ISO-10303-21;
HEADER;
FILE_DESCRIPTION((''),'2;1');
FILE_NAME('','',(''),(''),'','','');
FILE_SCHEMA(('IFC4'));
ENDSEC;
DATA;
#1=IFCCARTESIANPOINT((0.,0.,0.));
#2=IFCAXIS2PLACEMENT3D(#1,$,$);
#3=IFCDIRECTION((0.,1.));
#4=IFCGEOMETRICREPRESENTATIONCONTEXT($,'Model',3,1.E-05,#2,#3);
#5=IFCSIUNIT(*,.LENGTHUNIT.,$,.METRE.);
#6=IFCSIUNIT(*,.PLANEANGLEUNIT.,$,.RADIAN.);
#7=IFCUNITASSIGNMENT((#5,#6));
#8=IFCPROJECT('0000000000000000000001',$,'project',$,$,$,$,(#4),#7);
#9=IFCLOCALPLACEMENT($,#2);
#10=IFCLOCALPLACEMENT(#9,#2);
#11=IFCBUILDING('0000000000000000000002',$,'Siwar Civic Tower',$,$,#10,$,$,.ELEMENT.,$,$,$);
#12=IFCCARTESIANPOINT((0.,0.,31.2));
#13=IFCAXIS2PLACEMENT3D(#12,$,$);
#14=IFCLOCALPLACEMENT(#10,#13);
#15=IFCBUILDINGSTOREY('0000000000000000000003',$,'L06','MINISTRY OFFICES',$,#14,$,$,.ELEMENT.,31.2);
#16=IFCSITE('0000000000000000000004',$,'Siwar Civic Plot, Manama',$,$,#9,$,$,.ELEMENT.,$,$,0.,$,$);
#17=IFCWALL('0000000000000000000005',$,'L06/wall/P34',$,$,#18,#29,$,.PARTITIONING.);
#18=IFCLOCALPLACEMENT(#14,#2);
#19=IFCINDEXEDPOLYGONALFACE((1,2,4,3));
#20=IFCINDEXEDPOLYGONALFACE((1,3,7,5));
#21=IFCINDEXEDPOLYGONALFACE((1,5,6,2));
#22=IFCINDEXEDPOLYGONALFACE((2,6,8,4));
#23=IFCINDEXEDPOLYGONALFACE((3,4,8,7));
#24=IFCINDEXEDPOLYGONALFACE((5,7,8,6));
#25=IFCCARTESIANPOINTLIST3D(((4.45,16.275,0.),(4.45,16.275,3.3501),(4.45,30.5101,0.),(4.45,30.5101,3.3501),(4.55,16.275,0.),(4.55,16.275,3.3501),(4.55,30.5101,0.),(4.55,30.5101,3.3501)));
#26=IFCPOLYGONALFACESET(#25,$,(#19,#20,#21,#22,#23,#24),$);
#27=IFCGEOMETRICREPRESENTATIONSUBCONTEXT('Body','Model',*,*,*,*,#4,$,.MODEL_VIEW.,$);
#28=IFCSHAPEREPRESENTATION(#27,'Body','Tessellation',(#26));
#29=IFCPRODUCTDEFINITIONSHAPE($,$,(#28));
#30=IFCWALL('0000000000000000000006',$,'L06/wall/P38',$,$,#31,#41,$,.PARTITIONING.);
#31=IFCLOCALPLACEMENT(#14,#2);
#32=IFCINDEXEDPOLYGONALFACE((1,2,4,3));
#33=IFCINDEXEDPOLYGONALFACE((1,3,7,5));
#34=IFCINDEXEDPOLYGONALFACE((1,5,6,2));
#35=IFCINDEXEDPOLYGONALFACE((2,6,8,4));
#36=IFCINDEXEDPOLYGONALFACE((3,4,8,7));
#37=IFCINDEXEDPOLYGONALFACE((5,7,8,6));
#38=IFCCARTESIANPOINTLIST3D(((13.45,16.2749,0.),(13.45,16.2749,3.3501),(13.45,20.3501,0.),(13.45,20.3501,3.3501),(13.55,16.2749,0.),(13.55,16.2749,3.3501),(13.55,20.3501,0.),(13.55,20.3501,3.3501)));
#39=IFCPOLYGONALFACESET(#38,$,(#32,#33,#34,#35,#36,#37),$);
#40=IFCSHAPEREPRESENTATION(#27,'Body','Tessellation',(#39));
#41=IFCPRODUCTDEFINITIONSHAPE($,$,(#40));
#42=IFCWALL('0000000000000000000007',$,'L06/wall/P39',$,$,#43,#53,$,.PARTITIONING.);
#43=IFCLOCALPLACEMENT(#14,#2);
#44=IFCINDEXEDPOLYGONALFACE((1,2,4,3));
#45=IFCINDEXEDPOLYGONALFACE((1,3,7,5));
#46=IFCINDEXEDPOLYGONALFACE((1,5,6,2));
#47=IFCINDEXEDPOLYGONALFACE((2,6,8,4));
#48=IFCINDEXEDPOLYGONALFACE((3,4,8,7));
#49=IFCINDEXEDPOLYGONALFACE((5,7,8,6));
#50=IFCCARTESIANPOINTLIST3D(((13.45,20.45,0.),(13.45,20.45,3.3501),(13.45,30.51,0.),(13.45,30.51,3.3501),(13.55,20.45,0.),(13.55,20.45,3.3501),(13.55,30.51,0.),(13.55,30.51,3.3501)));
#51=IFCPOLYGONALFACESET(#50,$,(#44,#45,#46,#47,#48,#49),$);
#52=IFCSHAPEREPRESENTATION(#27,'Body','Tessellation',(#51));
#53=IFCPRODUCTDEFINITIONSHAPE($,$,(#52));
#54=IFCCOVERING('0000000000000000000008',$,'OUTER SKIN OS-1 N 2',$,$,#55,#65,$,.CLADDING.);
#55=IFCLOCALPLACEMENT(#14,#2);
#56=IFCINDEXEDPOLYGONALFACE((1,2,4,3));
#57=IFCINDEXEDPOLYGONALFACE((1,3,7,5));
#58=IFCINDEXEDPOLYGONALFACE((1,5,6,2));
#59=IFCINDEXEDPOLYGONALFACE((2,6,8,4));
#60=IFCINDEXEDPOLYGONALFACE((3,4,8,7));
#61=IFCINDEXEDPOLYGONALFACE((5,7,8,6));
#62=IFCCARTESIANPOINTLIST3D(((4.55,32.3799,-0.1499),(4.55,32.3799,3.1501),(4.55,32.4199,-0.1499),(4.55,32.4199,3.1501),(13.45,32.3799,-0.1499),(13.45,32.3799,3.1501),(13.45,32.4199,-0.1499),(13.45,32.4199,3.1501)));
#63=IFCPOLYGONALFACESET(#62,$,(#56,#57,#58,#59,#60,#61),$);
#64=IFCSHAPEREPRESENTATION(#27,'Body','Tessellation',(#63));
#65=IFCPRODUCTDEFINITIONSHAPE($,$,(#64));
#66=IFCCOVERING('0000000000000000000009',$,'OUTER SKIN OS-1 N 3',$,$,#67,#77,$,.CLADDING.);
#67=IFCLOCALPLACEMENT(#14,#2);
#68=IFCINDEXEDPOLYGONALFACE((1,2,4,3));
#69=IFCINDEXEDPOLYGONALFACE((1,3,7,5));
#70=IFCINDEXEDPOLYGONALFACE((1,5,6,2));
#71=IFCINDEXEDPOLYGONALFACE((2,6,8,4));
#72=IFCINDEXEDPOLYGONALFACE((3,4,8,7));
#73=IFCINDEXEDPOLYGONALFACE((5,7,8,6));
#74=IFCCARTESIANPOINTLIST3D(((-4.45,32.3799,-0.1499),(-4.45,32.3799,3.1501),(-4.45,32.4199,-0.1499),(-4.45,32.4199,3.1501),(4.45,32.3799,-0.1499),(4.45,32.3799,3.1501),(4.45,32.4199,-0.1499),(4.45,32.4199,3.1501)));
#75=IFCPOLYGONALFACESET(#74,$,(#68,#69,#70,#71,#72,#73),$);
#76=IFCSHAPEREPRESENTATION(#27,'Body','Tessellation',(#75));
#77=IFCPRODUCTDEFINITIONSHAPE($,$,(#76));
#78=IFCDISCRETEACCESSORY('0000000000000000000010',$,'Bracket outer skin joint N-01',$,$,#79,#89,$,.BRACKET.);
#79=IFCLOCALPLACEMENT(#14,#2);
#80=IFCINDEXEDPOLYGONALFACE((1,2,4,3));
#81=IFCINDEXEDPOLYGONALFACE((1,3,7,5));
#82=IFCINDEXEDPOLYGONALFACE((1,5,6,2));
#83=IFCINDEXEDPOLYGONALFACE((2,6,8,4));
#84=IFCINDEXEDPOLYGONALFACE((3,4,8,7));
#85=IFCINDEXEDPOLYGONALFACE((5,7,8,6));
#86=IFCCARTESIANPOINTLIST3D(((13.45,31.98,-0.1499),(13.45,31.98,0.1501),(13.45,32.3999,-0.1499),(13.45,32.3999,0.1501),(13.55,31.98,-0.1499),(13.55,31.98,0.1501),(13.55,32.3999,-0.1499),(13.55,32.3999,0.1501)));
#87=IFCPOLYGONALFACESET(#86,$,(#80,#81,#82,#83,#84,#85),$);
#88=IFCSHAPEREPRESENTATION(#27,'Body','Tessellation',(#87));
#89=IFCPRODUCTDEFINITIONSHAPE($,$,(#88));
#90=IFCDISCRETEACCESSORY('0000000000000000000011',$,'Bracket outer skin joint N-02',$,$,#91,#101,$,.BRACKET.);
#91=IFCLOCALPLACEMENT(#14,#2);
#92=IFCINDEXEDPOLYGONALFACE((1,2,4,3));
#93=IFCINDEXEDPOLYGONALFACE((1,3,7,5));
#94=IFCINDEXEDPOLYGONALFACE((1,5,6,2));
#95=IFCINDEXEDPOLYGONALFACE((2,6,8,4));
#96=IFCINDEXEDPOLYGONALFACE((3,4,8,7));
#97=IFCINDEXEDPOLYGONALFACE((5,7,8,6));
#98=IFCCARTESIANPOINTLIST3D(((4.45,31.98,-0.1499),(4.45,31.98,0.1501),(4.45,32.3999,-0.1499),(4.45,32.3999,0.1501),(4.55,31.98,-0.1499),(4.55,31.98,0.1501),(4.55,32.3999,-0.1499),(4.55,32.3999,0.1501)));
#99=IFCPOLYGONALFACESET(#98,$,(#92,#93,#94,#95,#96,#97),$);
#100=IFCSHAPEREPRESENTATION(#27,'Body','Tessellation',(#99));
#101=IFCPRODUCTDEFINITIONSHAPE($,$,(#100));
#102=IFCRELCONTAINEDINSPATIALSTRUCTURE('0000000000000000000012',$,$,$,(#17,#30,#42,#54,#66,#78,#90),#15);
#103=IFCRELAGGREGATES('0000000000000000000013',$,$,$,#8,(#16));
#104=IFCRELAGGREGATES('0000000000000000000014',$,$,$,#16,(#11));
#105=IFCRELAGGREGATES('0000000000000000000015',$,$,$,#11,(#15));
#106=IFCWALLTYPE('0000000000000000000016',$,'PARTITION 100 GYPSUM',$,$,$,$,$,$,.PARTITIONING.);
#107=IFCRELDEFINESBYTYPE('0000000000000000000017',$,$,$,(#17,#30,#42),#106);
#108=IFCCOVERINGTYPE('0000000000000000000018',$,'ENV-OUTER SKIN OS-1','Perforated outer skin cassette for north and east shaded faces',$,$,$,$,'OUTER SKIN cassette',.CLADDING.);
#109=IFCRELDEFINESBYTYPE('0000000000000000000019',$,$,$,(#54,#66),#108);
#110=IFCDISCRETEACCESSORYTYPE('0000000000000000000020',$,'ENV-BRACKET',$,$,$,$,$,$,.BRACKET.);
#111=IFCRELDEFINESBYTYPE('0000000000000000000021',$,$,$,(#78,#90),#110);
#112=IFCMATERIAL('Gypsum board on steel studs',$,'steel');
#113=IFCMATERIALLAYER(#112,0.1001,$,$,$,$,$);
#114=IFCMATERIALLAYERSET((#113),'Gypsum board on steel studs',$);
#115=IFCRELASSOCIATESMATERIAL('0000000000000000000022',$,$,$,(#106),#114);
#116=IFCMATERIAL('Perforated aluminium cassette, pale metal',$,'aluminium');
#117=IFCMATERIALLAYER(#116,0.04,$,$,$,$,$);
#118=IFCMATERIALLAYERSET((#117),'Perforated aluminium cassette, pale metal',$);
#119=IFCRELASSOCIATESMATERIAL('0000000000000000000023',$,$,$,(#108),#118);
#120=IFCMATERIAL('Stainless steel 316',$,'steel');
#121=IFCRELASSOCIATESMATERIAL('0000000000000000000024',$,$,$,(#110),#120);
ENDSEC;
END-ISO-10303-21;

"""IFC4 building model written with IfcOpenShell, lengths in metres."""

from ifc_helpers import new_model, si_unit, direction, frame, frame_2d, origin, origin_2d, place, context, subcontext, project, spatial, rectangle, extrude, material, layer, layer_set, type_object, element, save


model = new_model("IFC4")

# Units and contexts
model_context = context("Model", 3, precision=1e-05, world=origin(), true_north=direction((0.0, 1.0)))
body_context = subcontext(model_context, "Body", "Model", "MODEL_VIEW")
ifc_project = project(units=[si_unit("LENGTHUNIT", "METRE"), si_unit("PLANEANGLEUNIT", "RADIAN")], contexts=[model_context])

# Site, building, storey
site_placement = place(None, origin())
site = spatial("IfcSite", under=ifc_project, at=site_placement, Name="Siwar Civic Plot, Manama", CompositionType="ELEMENT", RefElevation=0.0)
building_placement = place(site_placement, origin())
building = spatial("IfcBuilding", under=site, at=building_placement, Name="Siwar Civic Tower", CompositionType="ELEMENT")
storey_placement = place(building_placement, frame((0.0, 0.0, 31.2)))
storey = spatial("IfcBuildingStorey", under=building, at=storey_placement, Name="L06", Description="MINISTRY OFFICES", CompositionType="ELEMENT", Elevation=31.2)

# Shared definitions
ifc_material_1 = material(Name="Gypsum board on steel studs", Category="steel")
ifc_layer_1 = layer(ifc_material_1, 0.1001)
ifc_layer_set_1 = layer_set([ifc_layer_1], Name="Gypsum board on steel studs")
wall_type_1 = type_object("IfcWallType", Name="PARTITION 100 GYPSUM", PredefinedType="PARTITIONING", material=ifc_layer_set_1)

# Walls
wall_1_placement = place(storey_placement, frame((4.5, 16.2749, 0.0), z_axis=(0.0, 0.0, 1.0), x_axis=(0.0, 1.0, 0.0)))
element("IfcWall", 1, at=wall_1_placement, inside=storey, type_object=wall_type_1, Name="L06/wall/P34", PredefinedType="PARTITIONING", context=body_context, shape_type="SweptSolid", body=[
    extrude(rectangle(XDim=14.2351, YDim=0.1001, at=frame_2d((7.1177, 0.0))), origin(), (0.0, 0.0, 1.0), 3.3501),
])
wall_2_placement = place(storey_placement, frame((13.5, 16.2749, 0.0), z_axis=(0.0, 0.0, 1.0), x_axis=(0.0, 1.0, 0.0)))
element("IfcWall", 2, at=wall_2_placement, inside=storey, type_object=wall_type_1, Name="L06/wall/P38", PredefinedType="PARTITIONING", context=body_context, shape_type="SweptSolid", body=[
    extrude(rectangle(XDim=4.0752, YDim=0.1001, at=frame_2d((2.0376, 0.0))), origin(), (0.0, 0.0, 1.0), 3.3501),
])
wall_3_placement = place(storey_placement, frame((13.5, 20.45, 0.0), z_axis=(0.0, 0.0, 1.0), x_axis=(0.0, 1.0, 0.0)))
element("IfcWall", 3, at=wall_3_placement, inside=storey, type_object=wall_type_1, Name="L06/wall/P39", PredefinedType="PARTITIONING", context=body_context, shape_type="SweptSolid", body=[
    extrude(rectangle(XDim=10.0601, YDim=0.1001, at=frame_2d((5.03, 0.0))), origin(), (0.0, 0.0, 1.0), 3.3501),
])

# Coverings
ifc_material_2 = material(Name="Perforated aluminium cassette, pale metal", Category="aluminium")
ifc_layer_2 = layer(ifc_material_2, 0.04)
ifc_layer_set_2 = layer_set([ifc_layer_2], Name="Perforated aluminium cassette, pale metal")
covering_type = type_object("IfcCoveringType", Name="ENV-OUTER SKIN OS-1", Description="Perforated outer skin cassette for north and east shaded faces", ElementType="OUTER SKIN cassette", PredefinedType="CLADDING", material=ifc_layer_set_2)
for number, where, z_axis, x_axis, name in (
    (4, (9.0, 32.3999, -0.1499), (0.0, 0.0, 1.0), (-1.0, 0.0, 0.0), "OUTER SKIN OS-1 N 2"),
    (5, (0.0, 32.3999, -0.1499), (0.0, 0.0, 1.0), (-1.0, 0.0, 0.0), "OUTER SKIN OS-1 N 3"),
):
    element("IfcCovering", number, at=place(storey_placement, frame(where, z_axis=z_axis, x_axis=x_axis)), inside=storey, type_object=covering_type, Name=name, PredefinedType="CLADDING", context=body_context, shape_type="SweptSolid", body=[
        extrude(rectangle(XDim=8.8999, YDim=0.04, at=origin_2d()), origin(), (0.0, 0.0, 1.0), 3.3),
    ])

# Discrete accessories
ifc_material_3 = material(Name="Stainless steel 316", Category="steel")
discrete_accessory_type = type_object("IfcDiscreteAccessoryType", Name="ENV-BRACKET", PredefinedType="BRACKET", material=ifc_material_3)
for number, where, z_axis, x_axis, name in (
    (6, (13.5, 32.1899, -0.1499), (0.0, 0.0, 1.0), (0.0, 1.0, 0.0), "Bracket outer skin joint N-01"),
    (7, (4.5, 32.1899, -0.1499), (0.0, 0.0, 1.0), (0.0, 1.0, 0.0), "Bracket outer skin joint N-02"),
):
    element("IfcDiscreteAccessory", number, at=place(storey_placement, frame(where, z_axis=z_axis, x_axis=x_axis)), inside=storey, type_object=discrete_accessory_type, Name=name, PredefinedType="BRACKET", context=body_context, shape_type="SweptSolid", body=[
        extrude(rectangle(XDim=0.4199, YDim=0.1001, at=origin_2d()), origin(), (0.0, 0.0, 1.0), 0.3),
    ])

save(model, "model.ifc")
